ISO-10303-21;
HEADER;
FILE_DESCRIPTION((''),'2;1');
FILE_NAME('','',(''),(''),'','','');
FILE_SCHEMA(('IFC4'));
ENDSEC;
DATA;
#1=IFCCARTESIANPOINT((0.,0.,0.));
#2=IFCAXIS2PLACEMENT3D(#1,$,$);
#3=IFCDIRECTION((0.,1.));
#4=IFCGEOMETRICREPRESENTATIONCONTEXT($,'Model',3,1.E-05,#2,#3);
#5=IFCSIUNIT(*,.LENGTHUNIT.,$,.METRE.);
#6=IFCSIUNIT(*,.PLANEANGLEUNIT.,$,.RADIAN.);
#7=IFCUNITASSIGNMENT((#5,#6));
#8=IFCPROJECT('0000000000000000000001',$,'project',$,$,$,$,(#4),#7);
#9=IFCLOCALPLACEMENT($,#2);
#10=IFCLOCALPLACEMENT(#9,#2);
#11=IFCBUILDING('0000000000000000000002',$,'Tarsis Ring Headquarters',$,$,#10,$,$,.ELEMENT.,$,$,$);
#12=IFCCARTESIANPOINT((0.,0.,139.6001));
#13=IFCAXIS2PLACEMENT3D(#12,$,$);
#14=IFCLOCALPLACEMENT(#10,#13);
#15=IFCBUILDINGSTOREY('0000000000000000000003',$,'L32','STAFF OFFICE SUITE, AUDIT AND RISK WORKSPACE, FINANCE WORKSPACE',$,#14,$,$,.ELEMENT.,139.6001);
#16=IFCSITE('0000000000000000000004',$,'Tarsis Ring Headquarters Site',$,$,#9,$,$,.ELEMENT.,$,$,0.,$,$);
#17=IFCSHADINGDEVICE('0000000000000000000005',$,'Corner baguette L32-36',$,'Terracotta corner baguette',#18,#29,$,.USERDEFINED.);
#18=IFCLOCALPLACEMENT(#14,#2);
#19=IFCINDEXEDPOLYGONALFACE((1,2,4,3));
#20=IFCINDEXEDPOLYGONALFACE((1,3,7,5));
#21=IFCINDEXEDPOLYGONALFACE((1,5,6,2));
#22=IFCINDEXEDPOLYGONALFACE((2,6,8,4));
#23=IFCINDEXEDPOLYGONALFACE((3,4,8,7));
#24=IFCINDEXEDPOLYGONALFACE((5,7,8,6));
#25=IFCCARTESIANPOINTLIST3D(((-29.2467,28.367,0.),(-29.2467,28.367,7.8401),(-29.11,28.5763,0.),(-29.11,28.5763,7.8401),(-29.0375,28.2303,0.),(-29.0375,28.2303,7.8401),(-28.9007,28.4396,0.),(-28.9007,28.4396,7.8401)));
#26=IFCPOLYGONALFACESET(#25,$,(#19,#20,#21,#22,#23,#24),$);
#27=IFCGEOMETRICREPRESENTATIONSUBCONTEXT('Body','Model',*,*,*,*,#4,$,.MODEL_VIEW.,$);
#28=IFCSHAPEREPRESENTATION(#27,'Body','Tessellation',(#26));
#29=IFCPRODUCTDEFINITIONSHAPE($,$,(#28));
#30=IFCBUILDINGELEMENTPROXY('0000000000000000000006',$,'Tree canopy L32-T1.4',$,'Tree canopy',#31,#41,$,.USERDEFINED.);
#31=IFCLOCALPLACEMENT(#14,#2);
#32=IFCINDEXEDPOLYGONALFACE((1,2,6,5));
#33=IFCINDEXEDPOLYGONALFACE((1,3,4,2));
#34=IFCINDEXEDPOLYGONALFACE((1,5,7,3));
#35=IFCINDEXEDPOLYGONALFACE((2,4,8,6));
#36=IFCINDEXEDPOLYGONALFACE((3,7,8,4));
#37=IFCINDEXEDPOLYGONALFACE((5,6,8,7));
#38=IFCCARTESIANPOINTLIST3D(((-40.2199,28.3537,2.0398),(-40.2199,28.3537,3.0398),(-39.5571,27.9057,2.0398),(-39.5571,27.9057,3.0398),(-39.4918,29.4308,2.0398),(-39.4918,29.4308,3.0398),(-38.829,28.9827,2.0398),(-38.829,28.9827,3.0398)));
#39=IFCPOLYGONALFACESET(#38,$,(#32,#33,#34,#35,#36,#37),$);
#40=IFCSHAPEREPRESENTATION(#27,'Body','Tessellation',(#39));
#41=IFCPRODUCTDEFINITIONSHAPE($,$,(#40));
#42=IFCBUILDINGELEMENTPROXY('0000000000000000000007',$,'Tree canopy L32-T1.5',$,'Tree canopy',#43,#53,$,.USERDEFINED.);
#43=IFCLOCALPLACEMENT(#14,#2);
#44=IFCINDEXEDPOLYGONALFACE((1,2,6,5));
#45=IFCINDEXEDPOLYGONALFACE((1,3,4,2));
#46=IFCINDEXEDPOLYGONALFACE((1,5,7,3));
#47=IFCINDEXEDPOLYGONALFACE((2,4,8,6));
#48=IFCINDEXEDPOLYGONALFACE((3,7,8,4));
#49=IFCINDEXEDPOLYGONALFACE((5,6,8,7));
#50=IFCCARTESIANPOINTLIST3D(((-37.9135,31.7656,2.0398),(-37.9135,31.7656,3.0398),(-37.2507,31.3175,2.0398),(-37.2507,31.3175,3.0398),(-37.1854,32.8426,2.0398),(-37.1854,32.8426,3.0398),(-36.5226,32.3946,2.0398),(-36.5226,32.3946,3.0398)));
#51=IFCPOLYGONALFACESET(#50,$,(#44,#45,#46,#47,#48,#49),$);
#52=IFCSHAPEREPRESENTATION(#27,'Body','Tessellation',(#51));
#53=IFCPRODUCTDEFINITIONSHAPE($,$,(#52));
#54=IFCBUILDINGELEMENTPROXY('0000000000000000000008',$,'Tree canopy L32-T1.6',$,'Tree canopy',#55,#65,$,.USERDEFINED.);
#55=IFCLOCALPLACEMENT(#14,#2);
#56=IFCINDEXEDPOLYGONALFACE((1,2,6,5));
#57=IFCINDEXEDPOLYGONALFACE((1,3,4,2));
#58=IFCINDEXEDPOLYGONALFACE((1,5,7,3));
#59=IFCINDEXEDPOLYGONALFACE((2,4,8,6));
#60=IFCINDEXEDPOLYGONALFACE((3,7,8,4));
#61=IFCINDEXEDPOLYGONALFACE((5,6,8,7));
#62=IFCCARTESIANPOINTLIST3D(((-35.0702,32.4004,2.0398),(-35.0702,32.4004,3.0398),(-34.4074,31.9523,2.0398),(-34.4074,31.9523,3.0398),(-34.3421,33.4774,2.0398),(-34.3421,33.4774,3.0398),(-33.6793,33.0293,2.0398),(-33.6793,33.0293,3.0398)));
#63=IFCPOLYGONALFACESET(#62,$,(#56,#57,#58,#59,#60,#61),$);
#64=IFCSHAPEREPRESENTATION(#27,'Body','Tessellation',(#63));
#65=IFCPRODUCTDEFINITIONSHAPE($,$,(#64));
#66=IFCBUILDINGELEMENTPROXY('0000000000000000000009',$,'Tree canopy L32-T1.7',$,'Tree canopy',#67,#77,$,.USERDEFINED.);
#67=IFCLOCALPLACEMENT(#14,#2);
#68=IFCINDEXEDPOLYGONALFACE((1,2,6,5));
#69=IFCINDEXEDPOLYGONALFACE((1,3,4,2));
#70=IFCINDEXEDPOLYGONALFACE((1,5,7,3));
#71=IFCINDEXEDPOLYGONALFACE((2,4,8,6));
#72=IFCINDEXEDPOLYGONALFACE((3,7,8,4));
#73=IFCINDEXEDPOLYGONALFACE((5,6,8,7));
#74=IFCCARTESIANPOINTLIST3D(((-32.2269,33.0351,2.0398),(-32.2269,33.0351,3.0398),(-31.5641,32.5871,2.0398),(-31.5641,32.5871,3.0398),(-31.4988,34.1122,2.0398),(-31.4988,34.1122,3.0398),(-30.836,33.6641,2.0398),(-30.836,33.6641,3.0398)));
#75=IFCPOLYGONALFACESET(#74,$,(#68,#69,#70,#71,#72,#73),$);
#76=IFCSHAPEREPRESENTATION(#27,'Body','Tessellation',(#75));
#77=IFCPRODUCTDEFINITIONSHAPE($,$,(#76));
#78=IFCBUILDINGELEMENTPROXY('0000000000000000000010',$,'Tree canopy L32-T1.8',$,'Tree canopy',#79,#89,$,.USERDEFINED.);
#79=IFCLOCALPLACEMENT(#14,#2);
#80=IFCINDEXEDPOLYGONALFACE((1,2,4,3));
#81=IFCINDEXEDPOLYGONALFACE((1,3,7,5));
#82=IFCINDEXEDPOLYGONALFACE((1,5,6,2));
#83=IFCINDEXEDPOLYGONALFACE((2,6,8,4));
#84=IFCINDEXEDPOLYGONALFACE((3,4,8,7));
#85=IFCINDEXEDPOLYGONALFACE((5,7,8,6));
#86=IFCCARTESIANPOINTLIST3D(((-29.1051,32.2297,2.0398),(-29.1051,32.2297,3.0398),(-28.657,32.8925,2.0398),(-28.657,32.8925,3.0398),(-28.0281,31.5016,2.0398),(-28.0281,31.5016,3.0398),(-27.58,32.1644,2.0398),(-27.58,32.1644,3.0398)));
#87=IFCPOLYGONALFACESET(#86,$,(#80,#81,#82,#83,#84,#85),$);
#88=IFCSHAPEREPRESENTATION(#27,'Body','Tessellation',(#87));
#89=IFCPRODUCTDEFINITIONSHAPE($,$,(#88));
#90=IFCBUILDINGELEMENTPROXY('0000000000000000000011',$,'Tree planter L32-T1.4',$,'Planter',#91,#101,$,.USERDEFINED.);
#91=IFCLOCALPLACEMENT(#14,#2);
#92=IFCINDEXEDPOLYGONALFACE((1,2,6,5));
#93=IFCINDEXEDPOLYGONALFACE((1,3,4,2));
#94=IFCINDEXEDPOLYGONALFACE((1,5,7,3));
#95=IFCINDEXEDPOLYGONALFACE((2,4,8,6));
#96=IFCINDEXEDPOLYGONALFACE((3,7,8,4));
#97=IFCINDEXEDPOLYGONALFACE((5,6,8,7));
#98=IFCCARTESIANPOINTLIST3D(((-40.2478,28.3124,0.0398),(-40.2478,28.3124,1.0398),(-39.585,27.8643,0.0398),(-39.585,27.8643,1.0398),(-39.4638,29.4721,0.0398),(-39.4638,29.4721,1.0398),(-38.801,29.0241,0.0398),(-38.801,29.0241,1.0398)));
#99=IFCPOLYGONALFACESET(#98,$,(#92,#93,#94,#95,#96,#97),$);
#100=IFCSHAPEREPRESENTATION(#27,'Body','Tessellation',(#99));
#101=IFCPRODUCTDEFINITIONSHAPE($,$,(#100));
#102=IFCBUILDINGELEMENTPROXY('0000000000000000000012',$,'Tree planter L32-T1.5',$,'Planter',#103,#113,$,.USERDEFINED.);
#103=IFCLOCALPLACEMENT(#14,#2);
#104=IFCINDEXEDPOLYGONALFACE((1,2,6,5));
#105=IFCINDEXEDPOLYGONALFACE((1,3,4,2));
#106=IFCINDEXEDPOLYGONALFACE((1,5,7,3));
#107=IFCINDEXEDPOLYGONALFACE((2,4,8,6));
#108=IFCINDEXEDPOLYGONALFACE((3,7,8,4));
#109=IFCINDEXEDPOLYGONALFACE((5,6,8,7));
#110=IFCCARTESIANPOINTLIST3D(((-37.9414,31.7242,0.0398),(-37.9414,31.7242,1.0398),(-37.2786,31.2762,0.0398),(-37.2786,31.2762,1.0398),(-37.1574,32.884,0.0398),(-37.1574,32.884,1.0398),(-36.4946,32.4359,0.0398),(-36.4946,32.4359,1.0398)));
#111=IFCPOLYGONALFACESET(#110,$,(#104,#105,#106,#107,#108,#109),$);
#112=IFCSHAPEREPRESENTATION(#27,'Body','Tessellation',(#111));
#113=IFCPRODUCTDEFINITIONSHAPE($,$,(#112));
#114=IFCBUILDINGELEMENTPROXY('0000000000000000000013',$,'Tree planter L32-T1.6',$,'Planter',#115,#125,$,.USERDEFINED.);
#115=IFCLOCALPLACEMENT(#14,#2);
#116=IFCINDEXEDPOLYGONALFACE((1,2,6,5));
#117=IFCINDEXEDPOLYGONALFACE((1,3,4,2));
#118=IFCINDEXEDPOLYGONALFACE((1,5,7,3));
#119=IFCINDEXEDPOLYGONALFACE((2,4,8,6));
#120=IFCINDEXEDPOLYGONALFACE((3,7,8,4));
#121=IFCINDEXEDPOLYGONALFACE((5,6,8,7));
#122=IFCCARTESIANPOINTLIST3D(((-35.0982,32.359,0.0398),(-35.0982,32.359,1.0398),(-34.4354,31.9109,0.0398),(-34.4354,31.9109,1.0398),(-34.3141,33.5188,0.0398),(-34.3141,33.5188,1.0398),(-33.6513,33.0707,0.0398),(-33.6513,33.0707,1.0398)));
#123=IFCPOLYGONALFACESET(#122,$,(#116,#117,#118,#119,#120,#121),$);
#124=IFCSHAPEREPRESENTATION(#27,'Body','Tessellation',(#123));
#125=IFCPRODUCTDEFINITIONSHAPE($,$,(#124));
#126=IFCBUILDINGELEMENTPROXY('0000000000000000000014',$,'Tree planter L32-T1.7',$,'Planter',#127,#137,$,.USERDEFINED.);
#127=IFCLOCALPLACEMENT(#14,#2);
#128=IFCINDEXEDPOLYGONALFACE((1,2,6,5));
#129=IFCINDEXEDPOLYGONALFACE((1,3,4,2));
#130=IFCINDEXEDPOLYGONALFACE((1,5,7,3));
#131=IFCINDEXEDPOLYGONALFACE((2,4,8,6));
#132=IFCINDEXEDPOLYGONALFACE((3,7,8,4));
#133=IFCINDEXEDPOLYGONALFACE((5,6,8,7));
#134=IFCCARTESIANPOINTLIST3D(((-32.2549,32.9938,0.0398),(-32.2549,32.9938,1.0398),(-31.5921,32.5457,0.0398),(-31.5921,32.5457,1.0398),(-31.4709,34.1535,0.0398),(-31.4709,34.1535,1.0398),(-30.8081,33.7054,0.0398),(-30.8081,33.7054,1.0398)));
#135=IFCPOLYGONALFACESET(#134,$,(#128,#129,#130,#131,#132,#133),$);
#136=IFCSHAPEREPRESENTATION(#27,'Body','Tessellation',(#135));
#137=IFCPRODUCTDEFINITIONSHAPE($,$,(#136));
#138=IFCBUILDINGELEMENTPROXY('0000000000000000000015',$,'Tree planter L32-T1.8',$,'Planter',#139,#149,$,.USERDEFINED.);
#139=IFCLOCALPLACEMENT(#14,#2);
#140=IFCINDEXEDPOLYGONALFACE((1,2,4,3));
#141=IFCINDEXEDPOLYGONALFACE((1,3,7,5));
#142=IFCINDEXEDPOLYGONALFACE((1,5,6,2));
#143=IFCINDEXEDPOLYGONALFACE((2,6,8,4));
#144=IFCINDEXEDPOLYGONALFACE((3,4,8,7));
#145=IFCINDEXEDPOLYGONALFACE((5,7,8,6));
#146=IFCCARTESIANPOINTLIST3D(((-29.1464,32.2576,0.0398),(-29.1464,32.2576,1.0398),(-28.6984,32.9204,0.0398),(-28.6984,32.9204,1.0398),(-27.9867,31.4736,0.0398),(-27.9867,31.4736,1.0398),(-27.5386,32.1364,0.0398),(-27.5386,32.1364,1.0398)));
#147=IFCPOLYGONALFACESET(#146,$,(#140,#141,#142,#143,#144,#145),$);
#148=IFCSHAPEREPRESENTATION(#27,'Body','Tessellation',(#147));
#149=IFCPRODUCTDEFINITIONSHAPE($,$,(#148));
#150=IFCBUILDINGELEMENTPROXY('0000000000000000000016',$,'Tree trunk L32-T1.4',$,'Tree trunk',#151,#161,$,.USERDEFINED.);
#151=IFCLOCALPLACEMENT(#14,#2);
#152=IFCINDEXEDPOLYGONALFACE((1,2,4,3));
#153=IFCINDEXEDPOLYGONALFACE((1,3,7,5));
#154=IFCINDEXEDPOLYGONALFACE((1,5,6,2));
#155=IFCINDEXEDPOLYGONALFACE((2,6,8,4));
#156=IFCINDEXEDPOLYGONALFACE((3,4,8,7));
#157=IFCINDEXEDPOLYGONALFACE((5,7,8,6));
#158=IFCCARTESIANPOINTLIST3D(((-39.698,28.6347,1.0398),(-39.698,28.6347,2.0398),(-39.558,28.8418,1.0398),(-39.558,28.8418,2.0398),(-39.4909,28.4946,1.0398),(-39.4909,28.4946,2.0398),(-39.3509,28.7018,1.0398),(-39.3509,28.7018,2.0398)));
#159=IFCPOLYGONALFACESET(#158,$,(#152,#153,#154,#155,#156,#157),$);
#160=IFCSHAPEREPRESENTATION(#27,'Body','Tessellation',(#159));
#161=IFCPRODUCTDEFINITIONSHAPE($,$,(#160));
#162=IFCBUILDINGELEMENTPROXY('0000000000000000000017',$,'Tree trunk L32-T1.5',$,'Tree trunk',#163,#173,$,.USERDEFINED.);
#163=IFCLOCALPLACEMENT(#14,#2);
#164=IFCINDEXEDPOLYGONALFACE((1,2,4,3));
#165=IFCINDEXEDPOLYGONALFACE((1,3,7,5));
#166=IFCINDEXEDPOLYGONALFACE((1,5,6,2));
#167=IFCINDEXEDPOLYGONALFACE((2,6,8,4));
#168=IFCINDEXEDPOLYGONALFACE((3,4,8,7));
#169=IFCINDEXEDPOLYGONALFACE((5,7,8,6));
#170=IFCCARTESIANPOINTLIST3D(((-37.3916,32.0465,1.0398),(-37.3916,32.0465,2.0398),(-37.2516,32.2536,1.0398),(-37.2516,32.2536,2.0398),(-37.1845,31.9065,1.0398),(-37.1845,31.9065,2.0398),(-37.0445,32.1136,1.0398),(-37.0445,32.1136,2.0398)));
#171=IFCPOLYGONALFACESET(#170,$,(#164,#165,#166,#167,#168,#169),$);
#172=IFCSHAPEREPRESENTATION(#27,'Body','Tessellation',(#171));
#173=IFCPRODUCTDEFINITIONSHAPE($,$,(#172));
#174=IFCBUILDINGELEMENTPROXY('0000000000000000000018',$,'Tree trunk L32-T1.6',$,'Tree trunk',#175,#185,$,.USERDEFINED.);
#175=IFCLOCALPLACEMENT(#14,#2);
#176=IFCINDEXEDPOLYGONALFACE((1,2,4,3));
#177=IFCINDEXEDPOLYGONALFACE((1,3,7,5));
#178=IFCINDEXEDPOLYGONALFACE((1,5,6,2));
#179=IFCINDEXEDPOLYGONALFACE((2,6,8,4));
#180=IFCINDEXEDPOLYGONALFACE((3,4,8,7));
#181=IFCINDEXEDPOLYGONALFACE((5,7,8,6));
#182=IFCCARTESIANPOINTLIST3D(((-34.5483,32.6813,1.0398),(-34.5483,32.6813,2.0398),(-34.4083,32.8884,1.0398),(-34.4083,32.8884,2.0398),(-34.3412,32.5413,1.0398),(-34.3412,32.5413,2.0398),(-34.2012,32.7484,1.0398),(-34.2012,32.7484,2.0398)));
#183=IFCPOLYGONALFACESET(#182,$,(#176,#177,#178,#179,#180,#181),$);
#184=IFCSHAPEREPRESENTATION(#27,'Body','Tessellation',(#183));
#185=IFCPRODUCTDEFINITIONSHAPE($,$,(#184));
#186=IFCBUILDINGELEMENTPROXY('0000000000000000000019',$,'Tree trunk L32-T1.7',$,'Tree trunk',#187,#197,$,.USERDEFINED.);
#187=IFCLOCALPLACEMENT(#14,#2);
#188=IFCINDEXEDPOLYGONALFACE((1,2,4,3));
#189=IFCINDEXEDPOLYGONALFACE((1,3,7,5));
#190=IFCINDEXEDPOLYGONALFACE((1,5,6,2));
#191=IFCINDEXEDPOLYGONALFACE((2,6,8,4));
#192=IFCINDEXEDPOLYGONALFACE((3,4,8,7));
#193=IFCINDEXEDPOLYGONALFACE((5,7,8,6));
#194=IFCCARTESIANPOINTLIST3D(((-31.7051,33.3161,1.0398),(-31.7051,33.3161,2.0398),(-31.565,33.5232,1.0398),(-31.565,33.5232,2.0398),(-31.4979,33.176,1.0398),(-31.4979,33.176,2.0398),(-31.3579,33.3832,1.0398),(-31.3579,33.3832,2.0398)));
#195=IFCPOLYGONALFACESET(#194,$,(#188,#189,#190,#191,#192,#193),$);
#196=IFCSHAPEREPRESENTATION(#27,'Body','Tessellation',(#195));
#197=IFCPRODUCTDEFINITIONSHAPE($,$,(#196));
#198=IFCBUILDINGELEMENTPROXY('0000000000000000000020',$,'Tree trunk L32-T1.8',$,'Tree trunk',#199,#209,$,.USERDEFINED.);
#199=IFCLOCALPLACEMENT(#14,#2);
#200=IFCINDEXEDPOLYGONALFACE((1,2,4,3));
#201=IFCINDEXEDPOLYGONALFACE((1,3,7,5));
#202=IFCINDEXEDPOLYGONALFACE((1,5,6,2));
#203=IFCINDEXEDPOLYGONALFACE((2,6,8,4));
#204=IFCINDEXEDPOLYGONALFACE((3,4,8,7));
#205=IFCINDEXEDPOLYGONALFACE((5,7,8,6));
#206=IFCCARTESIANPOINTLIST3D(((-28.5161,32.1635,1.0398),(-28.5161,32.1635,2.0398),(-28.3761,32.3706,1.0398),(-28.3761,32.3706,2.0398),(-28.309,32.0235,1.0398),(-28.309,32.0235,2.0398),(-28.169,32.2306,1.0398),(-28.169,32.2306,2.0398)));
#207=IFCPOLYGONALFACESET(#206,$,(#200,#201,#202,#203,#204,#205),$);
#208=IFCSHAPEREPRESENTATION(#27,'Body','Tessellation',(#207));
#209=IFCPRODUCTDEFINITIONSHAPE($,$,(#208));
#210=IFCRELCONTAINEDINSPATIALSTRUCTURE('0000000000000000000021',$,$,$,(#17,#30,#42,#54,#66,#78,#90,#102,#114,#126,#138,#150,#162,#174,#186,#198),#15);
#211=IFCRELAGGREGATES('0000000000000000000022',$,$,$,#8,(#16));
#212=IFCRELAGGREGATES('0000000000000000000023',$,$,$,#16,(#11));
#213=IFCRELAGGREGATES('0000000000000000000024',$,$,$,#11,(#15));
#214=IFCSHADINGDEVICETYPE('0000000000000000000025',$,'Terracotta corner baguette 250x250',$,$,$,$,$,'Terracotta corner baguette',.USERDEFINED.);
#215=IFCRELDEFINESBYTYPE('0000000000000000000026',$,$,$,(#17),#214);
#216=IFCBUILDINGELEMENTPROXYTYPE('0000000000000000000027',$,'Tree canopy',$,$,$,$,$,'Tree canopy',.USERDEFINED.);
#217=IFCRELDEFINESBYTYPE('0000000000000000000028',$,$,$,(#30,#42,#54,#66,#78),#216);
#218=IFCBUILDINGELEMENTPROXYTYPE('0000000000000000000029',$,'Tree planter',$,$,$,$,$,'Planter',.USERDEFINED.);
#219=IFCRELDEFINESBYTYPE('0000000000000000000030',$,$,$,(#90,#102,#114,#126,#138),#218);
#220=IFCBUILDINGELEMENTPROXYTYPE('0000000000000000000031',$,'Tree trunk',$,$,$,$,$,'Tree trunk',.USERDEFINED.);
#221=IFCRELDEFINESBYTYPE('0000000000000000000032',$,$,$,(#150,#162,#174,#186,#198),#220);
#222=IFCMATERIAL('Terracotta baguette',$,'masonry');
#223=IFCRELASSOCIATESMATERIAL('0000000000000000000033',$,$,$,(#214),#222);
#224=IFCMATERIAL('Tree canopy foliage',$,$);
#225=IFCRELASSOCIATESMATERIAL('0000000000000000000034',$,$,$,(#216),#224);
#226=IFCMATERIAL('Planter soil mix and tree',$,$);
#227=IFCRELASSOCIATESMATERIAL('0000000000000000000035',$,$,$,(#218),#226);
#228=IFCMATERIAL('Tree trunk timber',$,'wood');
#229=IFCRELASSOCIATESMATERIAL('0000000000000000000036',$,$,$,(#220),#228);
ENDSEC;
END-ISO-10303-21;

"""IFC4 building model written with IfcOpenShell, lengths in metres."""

from ifc_helpers import new_model, si_unit, direction, frame, origin, origin_2d, place, context, subcontext, project, spatial, rectangle, extrude, material, type_object, element, save


model = new_model("IFC4")

# Units and contexts
model_context = context("Model", 3, precision=1e-05, world=origin(), true_north=direction((0.0, 1.0)))
body_context = subcontext(model_context, "Body", "Model", "MODEL_VIEW")
ifc_project = project(units=[si_unit("LENGTHUNIT", "METRE"), si_unit("PLANEANGLEUNIT", "RADIAN")], contexts=[model_context])

# Site, building, storey
site_placement = place(None, origin())
site = spatial("IfcSite", under=ifc_project, at=site_placement, Name="Tarsis Ring Headquarters Site", CompositionType="ELEMENT", RefElevation=0.0)
building_placement = place(site_placement, origin())
building = spatial("IfcBuilding", under=site, at=building_placement, Name="Tarsis Ring Headquarters", CompositionType="ELEMENT")
storey_placement = place(building_placement, frame((0.0, 0.0, 139.6001)))
storey = spatial("IfcBuildingStorey", under=building, at=storey_placement, Name="L32", Description="STAFF OFFICE SUITE, AUDIT AND RISK WORKSPACE, FINANCE WORKSPACE", CompositionType="ELEMENT", Elevation=139.6001)

# Shading device
ifc_material_1 = material(Name="Terracotta baguette", Category="masonry")
shading_device_type = type_object("IfcShadingDeviceType", Name="Terracotta corner baguette 250x250", ElementType="Terracotta corner baguette", PredefinedType="USERDEFINED", material=ifc_material_1)
shading_device_placement = place(storey_placement, frame((-29.0737, 28.4033, 0.0), z_axis=(0.0, 0.0, 1.0), x_axis=(-0.837146, 0.546979, 0.0)))
element("IfcShadingDevice", 1, at=shading_device_placement, inside=storey, type_object=shading_device_type, Name="Corner baguette L32-36", ObjectType="Terracotta corner baguette", PredefinedType="USERDEFINED", context=body_context, shape_type="SweptSolid", body=[
    extrude(rectangle(XDim=0.25, YDim=0.25, at=origin_2d()), origin(), (0.0, 0.0, 1.0), 7.8401),
])

# Building element proxies
ifc_material_2 = material(Name="Tree canopy foliage")
building_element_proxy_type_1 = type_object("IfcBuildingElementProxyType", Name="Tree canopy", ElementType="Tree canopy", PredefinedType="USERDEFINED", material=ifc_material_2)
for number, where, z_axis, x_axis, name in (
    (2, (-39.5244, 28.6682, 2.0398), (0.0, 0.0, 1.0), (0.560061, 0.828452, 0.0), "Tree canopy L32-T1.4"),
    (3, (-37.218, 32.0801, 2.0398), (0.0, 0.0, 1.0), (0.560061, 0.828452, 0.0), "Tree canopy L32-T1.5"),
    (4, (-34.3748, 32.7148, 2.0398), (0.0, 0.0, 1.0), (0.560061, 0.828452, 0.0), "Tree canopy L32-T1.6"),
    (5, (-31.5315, 33.3496, 2.0398), (0.0, 0.0, 1.0), (0.560061, 0.828452, 0.0), "Tree canopy L32-T1.7"),
    (6, (-28.3425, 32.197, 2.0398), (0.0, 0.0, 1.0), (0.828452, -0.560061, 0.0), "Tree canopy L32-T1.8"),
):
    element("IfcBuildingElementProxy", number, at=place(storey_placement, frame(where, z_axis=z_axis, x_axis=x_axis)), inside=storey, type_object=building_element_proxy_type_1, Name=name, ObjectType="Tree canopy", PredefinedType="USERDEFINED", context=body_context, shape_type="SweptSolid", body=[
        extrude(rectangle(XDim=1.3, YDim=0.8, at=origin_2d()), origin(), (0.0, 0.0, 1.0), 1.0),
    ])
ifc_material_3 = material(Name="Planter soil mix and tree")
building_element_proxy_type_2 = type_object("IfcBuildingElementProxyType", Name="Tree planter", ElementType="Planter", PredefinedType="USERDEFINED", material=ifc_material_3)
for number, where, z_axis, x_axis, name in (
    (7, (-39.5244, 28.6682, 0.0398), (0.0, 0.0, 1.0), (0.560061, 0.828452, 0.0), "Tree planter L32-T1.4"),
    (8, (-37.218, 32.0801, 0.0398), (0.0, 0.0, 1.0), (0.560061, 0.828452, 0.0), "Tree planter L32-T1.5"),
    (9, (-34.3748, 32.7148, 0.0398), (0.0, 0.0, 1.0), (0.560061, 0.828452, 0.0), "Tree planter L32-T1.6"),
    (10, (-31.5315, 33.3496, 0.0398), (0.0, 0.0, 1.0), (0.560061, 0.828452, 0.0), "Tree planter L32-T1.7"),
    (11, (-28.3425, 32.197, 0.0398), (0.0, 0.0, 1.0), (0.828452, -0.560061, 0.0), "Tree planter L32-T1.8"),
):
    element("IfcBuildingElementProxy", number, at=place(storey_placement, frame(where, z_axis=z_axis, x_axis=x_axis)), inside=storey, type_object=building_element_proxy_type_2, Name=name, ObjectType="Planter", PredefinedType="USERDEFINED", context=body_context, shape_type="SweptSolid", body=[
        extrude(rectangle(XDim=1.3999, YDim=0.8, at=origin_2d()), origin(), (0.0, 0.0, 1.0), 1.0),
    ])
ifc_material_4 = material(Name="Tree trunk timber", Category="wood")
building_element_proxy_type_3 = type_object("IfcBuildingElementProxyType", Name="Tree trunk", ElementType="Tree trunk", PredefinedType="USERDEFINED", material=ifc_material_4)
for number, where, z_axis, x_axis, name in (
    (12, (-39.5244, 28.6682, 1.0398), (0.0, 0.0, 1.0), (0.560061, 0.828452, 0.0), "Tree trunk L32-T1.4"),
    (13, (-37.218, 32.0801, 1.0398), (0.0, 0.0, 1.0), (0.560061, 0.828452, 0.0), "Tree trunk L32-T1.5"),
    (14, (-34.3748, 32.7148, 1.0398), (0.0, 0.0, 1.0), (0.560061, 0.828452, 0.0), "Tree trunk L32-T1.6"),
    (15, (-31.5315, 33.3496, 1.0398), (0.0, 0.0, 1.0), (0.560061, 0.828452, 0.0), "Tree trunk L32-T1.7"),
    (16, (-28.3425, 32.197, 1.0398), (0.0, 0.0, 1.0), (0.828452, -0.560061, 0.0), "Tree trunk L32-T1.8"),
):
    element("IfcBuildingElementProxy", number, at=place(storey_placement, frame(where, z_axis=z_axis, x_axis=x_axis)), inside=storey, type_object=building_element_proxy_type_3, Name=name, ObjectType="Tree trunk", PredefinedType="USERDEFINED", context=body_context, shape_type="SweptSolid", body=[
        extrude(rectangle(XDim=0.25, YDim=0.25, at=origin_2d()), origin(), (0.0, 0.0, 1.0), 1.0),
    ])

save(model, "model.ifc")
